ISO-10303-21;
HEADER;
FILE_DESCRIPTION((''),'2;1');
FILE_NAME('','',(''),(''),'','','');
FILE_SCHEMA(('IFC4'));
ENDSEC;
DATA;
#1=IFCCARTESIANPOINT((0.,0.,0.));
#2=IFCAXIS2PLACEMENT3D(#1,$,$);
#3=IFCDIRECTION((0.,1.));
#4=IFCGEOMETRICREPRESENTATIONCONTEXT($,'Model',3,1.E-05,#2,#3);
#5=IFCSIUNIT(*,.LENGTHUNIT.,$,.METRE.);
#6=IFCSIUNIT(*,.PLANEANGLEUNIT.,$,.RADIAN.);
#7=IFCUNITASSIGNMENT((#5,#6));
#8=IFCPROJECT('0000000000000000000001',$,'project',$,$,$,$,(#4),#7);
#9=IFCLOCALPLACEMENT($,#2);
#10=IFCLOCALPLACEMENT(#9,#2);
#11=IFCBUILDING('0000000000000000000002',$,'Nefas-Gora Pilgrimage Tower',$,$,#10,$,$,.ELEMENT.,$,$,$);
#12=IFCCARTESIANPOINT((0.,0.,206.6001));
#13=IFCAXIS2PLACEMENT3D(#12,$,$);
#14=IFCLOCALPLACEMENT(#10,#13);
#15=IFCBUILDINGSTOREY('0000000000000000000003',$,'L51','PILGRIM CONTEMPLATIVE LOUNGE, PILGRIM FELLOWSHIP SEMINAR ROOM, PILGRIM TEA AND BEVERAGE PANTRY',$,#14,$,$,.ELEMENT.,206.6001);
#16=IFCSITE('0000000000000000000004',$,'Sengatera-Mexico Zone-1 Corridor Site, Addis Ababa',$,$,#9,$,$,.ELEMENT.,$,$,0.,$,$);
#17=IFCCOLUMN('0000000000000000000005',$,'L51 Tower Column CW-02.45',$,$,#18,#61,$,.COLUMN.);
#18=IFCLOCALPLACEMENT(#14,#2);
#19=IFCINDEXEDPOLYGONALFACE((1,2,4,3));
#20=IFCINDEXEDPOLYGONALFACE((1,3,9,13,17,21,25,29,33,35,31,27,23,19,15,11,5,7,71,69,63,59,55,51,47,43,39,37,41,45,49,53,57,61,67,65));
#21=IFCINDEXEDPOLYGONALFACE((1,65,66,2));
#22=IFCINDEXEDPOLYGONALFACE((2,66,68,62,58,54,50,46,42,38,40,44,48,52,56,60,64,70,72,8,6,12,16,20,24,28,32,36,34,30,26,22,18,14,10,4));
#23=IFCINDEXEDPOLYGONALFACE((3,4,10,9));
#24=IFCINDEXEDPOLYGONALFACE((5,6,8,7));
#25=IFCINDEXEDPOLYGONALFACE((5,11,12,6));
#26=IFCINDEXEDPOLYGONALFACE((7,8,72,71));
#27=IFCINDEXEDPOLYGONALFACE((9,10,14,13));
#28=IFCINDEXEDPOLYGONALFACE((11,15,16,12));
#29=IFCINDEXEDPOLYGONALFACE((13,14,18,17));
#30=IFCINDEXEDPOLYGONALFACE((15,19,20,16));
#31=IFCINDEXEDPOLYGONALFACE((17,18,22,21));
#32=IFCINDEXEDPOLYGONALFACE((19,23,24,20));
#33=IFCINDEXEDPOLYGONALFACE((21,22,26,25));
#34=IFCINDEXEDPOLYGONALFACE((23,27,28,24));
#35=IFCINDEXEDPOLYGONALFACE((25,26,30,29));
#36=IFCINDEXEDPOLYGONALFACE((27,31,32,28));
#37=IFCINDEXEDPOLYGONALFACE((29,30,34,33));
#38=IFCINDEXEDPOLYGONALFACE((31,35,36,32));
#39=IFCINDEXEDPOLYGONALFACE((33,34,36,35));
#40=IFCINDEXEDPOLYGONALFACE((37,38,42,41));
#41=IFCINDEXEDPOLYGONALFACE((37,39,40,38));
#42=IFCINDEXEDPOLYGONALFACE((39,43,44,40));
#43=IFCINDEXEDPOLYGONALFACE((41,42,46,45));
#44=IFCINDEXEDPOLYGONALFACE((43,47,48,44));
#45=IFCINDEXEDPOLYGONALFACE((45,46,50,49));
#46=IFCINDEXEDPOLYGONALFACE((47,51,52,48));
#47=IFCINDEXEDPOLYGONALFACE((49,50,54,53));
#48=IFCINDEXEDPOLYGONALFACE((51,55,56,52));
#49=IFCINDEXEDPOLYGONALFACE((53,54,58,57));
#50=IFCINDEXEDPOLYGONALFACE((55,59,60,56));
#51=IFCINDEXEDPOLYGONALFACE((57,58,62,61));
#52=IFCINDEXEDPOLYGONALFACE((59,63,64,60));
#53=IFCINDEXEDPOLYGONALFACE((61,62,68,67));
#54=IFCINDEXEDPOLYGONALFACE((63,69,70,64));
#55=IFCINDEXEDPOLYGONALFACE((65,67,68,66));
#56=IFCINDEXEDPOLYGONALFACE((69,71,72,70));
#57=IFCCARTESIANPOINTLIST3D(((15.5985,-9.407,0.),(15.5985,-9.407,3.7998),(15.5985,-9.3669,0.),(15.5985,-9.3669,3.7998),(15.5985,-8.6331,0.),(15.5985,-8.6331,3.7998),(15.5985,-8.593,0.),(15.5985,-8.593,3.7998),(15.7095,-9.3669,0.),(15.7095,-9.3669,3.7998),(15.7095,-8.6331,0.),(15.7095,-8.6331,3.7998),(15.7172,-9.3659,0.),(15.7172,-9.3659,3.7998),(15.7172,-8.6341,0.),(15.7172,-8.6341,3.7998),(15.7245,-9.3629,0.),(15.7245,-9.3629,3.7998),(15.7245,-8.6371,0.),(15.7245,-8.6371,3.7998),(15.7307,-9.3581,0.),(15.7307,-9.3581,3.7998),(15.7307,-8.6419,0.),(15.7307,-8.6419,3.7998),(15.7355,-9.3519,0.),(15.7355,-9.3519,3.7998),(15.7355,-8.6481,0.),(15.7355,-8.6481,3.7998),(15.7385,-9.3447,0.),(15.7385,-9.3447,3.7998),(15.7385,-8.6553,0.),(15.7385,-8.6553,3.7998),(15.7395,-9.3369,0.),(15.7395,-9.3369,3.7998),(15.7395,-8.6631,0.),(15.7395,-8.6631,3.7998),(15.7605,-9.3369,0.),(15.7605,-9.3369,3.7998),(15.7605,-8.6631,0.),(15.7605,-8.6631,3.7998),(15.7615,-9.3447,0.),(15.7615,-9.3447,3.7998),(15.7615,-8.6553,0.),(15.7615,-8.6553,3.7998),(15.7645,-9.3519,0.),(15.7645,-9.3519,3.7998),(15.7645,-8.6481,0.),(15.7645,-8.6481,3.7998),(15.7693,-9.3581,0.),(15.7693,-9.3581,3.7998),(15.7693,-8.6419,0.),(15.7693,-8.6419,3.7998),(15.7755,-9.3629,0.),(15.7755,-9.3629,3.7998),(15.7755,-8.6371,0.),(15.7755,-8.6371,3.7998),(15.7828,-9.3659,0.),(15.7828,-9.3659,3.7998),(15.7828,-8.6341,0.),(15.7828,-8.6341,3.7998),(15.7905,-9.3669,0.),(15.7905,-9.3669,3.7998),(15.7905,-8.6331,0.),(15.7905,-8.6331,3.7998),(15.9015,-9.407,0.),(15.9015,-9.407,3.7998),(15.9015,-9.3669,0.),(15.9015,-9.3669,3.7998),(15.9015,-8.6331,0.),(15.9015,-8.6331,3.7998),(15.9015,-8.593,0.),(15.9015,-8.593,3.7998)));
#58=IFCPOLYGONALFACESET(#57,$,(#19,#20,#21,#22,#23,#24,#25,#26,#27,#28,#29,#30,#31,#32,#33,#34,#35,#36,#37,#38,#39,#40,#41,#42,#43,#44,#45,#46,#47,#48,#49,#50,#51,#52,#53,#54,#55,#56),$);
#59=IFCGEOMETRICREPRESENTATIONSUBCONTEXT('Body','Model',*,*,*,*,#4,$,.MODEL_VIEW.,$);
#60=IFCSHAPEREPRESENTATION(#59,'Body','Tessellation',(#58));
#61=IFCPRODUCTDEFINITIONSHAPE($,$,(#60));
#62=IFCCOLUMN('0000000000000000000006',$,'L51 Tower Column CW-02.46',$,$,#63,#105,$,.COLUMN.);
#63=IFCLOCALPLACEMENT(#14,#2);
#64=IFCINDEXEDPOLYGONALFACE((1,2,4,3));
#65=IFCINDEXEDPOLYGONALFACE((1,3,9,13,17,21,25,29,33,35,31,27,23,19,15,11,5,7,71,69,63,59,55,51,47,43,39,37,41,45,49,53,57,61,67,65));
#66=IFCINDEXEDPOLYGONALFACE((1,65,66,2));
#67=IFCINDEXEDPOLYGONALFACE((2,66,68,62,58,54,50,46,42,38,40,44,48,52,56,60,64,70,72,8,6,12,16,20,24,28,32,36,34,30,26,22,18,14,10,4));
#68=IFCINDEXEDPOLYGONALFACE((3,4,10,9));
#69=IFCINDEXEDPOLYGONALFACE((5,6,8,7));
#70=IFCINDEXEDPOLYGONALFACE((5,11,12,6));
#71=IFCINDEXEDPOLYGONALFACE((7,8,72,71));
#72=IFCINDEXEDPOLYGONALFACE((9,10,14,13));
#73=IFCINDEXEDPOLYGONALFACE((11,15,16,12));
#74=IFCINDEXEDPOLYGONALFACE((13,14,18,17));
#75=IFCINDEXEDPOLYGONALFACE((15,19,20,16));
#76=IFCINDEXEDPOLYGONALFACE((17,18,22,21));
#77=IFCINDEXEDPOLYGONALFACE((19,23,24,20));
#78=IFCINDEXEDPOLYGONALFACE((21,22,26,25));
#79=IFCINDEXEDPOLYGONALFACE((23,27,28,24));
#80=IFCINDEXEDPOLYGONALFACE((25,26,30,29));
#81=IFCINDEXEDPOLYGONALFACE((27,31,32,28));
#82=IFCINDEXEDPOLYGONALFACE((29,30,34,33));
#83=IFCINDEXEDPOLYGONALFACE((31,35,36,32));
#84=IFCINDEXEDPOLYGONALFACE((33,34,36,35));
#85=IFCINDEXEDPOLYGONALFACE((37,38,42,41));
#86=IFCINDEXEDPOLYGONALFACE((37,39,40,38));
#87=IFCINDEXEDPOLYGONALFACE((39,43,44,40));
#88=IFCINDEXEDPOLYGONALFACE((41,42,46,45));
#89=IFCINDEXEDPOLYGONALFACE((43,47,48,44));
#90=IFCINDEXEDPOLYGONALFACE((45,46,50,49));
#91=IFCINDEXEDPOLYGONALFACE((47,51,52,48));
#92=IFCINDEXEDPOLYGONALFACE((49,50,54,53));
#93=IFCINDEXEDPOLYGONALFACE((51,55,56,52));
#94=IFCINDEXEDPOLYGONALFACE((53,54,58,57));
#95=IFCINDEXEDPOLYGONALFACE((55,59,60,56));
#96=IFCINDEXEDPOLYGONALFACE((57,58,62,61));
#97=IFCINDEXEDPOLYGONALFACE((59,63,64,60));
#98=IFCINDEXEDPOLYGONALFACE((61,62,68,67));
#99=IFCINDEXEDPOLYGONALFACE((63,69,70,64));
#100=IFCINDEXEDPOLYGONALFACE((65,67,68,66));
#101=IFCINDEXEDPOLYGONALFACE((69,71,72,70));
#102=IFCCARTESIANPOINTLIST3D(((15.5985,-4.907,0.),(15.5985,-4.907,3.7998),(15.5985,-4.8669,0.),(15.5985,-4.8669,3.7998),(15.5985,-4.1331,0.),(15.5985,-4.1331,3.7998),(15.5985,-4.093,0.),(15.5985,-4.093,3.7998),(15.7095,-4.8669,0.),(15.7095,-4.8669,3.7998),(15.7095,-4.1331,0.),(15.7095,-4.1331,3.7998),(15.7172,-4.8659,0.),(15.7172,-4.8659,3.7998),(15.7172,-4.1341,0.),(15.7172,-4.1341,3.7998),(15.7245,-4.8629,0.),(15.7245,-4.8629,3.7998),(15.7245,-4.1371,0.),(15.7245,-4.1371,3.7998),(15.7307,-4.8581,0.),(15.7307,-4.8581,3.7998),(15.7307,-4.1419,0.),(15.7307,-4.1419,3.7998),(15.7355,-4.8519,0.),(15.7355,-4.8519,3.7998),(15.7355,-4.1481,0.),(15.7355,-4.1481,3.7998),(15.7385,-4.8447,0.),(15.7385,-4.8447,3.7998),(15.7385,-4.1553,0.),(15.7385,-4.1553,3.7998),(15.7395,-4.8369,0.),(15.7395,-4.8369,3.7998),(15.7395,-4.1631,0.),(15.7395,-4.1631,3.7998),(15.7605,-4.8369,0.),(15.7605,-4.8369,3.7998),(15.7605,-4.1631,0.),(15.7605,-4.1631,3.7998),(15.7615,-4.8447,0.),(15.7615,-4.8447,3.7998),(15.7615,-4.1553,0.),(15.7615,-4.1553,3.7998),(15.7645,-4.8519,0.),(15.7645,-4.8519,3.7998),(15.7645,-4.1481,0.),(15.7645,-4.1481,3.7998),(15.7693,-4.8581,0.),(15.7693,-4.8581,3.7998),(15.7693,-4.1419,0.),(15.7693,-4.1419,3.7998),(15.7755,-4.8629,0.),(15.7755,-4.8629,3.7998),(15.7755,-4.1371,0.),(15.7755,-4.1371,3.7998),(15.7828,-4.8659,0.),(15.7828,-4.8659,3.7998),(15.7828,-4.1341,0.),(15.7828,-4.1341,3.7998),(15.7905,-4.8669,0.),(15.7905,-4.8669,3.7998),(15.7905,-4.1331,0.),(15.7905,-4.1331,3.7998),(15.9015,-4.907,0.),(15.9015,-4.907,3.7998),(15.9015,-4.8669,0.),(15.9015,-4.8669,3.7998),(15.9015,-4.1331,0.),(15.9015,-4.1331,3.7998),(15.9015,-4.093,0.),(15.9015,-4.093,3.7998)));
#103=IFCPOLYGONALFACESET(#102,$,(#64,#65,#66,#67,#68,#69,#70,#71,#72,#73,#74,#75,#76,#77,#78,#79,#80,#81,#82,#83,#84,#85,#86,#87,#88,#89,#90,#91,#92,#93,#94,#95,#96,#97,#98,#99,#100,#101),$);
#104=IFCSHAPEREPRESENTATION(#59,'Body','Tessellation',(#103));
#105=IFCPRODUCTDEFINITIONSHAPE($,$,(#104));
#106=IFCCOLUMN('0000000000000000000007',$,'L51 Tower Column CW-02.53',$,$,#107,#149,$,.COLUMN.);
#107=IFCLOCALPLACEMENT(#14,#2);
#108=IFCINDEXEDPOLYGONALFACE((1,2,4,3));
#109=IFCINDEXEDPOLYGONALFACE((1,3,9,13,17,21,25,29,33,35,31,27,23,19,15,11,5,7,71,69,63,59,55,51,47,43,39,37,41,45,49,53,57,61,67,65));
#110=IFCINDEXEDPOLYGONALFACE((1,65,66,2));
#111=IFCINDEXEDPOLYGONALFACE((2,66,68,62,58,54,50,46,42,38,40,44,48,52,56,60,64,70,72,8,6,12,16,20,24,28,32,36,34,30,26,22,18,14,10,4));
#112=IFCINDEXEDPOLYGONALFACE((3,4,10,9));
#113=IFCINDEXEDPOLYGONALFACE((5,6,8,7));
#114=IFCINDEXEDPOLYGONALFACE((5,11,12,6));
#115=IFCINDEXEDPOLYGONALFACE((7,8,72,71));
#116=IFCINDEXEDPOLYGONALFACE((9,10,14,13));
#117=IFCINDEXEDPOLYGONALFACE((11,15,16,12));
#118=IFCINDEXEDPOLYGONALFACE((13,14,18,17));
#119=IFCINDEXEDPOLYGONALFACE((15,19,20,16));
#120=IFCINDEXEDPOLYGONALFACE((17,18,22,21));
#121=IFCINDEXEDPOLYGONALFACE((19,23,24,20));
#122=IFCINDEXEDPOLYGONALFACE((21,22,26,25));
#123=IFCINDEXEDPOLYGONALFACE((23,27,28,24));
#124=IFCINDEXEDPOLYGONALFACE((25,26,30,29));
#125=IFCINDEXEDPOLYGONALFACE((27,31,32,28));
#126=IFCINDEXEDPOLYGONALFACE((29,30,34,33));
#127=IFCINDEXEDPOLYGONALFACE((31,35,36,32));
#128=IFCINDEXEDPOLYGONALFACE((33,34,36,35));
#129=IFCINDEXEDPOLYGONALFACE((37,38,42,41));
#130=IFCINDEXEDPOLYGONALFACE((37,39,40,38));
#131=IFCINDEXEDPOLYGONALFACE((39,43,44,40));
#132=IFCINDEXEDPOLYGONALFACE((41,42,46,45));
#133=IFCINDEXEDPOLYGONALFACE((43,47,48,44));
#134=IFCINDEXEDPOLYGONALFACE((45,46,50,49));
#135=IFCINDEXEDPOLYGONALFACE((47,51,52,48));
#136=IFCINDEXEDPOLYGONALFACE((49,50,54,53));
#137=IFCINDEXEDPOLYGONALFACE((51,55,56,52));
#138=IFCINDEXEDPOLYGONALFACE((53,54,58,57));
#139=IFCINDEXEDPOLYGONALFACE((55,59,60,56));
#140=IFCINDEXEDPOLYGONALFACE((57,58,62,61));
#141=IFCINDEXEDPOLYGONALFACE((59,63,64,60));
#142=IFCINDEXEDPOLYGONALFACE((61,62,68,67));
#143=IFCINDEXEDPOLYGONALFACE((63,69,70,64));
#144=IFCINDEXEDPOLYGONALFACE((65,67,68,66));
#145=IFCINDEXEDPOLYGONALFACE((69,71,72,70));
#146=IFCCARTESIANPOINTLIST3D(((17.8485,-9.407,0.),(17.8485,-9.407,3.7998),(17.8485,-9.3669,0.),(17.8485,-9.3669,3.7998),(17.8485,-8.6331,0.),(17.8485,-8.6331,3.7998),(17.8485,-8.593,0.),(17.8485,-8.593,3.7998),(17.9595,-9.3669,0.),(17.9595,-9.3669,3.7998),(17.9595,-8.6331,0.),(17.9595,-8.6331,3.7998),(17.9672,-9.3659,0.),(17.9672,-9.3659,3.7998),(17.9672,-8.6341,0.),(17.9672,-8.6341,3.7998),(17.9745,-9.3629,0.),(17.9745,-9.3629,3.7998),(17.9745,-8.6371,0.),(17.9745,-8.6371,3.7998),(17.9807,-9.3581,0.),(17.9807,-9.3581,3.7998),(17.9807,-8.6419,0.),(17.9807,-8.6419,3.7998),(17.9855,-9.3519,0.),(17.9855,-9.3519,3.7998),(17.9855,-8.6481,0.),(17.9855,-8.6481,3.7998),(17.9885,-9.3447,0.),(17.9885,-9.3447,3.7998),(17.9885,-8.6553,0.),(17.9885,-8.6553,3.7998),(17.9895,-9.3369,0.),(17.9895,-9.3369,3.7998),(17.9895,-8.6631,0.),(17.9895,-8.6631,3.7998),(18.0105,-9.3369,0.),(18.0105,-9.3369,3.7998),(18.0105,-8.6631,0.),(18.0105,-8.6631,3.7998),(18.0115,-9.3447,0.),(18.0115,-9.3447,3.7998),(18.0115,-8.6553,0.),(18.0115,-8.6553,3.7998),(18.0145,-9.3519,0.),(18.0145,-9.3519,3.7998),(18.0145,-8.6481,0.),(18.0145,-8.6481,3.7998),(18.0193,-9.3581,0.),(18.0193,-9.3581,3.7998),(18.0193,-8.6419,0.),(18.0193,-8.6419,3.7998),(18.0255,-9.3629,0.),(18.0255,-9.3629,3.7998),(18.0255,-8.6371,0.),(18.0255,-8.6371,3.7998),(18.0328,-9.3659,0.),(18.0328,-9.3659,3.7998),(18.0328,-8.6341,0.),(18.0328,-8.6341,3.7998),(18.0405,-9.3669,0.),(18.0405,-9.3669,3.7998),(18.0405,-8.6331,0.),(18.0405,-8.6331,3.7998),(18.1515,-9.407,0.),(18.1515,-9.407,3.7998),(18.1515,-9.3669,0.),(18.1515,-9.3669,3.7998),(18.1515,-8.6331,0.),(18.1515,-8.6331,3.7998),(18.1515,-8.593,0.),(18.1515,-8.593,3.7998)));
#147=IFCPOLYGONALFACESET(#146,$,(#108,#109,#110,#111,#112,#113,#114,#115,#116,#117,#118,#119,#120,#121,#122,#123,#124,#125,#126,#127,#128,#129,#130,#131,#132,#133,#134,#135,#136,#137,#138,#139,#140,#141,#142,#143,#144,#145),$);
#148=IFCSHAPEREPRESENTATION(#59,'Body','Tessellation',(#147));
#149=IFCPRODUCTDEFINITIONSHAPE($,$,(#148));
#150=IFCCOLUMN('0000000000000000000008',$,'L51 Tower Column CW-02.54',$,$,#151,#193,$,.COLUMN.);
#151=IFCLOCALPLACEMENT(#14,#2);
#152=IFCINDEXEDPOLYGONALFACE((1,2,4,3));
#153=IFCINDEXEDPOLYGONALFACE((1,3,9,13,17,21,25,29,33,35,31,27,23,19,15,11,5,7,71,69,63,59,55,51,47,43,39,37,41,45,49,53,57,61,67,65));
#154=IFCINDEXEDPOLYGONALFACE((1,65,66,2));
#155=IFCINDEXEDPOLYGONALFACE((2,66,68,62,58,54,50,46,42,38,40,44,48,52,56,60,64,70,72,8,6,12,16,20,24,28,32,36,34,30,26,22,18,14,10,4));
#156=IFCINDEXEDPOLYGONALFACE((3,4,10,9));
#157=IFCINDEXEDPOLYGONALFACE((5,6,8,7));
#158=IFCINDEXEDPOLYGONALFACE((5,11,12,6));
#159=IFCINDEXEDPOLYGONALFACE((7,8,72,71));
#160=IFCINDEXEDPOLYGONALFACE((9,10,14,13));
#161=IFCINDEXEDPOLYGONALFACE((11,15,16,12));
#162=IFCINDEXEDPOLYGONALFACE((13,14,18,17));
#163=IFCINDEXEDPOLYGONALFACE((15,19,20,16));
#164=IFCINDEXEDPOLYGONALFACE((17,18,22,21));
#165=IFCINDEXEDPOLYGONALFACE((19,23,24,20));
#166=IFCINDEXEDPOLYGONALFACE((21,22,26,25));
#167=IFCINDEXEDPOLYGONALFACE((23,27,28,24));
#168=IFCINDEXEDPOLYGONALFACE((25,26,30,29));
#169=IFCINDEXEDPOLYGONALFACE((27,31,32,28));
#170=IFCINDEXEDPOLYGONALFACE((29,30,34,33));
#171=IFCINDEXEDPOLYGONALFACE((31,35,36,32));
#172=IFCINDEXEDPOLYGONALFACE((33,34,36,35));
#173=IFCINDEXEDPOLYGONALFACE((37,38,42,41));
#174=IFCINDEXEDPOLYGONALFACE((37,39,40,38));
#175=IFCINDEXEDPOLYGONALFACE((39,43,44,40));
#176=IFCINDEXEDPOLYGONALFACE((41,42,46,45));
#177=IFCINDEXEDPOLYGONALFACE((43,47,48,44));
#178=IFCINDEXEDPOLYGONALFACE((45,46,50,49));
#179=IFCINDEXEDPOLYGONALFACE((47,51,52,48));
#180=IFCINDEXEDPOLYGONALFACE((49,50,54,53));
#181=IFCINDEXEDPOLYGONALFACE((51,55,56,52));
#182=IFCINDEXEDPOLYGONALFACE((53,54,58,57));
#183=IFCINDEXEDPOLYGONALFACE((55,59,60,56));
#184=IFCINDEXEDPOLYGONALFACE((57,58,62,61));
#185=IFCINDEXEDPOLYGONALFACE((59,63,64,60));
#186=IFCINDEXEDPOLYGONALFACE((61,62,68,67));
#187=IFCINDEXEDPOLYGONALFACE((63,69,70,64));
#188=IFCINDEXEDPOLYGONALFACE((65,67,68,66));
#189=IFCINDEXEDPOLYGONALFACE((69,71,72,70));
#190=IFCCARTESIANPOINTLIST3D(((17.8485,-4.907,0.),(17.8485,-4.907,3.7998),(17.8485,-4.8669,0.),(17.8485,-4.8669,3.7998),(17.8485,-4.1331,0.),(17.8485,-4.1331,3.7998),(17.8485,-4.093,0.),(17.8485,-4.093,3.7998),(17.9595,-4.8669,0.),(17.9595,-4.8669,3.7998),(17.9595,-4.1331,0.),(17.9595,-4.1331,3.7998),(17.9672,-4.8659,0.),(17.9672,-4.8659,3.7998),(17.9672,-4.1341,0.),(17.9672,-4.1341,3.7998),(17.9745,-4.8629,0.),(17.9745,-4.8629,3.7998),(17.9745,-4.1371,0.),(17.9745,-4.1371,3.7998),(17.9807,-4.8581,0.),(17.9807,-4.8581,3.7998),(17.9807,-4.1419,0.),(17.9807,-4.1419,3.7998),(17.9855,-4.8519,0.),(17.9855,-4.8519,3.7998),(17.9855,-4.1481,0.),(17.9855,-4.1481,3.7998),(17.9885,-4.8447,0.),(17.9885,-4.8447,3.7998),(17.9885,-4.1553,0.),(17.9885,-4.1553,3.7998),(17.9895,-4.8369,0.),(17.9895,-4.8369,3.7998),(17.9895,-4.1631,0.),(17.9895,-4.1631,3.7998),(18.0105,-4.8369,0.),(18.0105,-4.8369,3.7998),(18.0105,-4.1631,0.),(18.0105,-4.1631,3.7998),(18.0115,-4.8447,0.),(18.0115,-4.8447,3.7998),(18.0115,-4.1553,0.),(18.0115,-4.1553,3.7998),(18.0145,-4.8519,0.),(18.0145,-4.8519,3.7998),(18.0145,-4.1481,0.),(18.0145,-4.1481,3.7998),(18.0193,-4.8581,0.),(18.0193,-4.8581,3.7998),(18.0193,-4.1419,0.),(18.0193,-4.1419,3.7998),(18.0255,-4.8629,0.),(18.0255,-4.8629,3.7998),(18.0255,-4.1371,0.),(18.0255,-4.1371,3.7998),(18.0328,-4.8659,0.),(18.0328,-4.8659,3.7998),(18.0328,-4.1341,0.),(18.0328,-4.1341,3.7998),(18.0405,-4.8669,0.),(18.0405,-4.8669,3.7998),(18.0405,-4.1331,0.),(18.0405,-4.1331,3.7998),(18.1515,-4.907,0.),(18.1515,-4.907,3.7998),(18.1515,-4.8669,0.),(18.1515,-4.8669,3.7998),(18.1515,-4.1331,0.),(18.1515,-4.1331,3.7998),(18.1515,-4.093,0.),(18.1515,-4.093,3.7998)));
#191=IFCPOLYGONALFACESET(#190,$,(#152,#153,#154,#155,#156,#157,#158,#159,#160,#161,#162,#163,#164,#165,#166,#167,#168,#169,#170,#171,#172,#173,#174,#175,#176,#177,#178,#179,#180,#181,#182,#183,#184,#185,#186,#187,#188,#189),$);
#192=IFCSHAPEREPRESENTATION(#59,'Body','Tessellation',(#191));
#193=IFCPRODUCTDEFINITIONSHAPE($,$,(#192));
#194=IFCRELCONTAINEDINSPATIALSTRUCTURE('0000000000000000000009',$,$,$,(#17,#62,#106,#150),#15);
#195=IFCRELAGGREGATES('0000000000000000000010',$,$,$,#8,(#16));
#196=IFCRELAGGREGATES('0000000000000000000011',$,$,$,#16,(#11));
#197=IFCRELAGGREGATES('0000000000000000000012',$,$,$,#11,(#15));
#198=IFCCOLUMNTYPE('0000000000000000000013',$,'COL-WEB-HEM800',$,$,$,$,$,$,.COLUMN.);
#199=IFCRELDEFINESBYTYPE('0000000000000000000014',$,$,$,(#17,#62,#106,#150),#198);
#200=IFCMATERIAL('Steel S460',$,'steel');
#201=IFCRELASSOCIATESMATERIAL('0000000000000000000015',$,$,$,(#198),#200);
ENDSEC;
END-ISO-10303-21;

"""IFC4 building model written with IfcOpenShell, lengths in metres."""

from ifc_helpers import new_model, si_unit, direction, frame, origin, origin_2d, place, context, subcontext, project, spatial, i_section, extrude, source, transform, mapped, material, material_profile, profile_set, type_object, element, save


model = new_model("IFC4")

# Units and contexts
model_context = context("Model", 3, precision=1e-05, world=origin(), true_north=direction((0.0, 1.0)))
body_context = subcontext(model_context, "Body", "Model", "MODEL_VIEW")
ifc_project = project(units=[si_unit("LENGTHUNIT", "METRE"), si_unit("PLANEANGLEUNIT", "RADIAN")], contexts=[model_context])

# Site, building, storey
site_placement = place(None, origin())
site = spatial("IfcSite", under=ifc_project, at=site_placement, Name="Sengatera-Mexico Zone-1 Corridor Site, Addis Ababa", CompositionType="ELEMENT", RefElevation=0.0)
building_placement = place(site_placement, origin())
building = spatial("IfcBuilding", under=site, at=building_placement, Name="Nefas-Gora Pilgrimage Tower", CompositionType="ELEMENT")
storey_placement = place(building_placement, frame((0.0, 0.0, 206.6001)))
storey = spatial("IfcBuildingStorey", under=building, at=storey_placement, Name="L51", Description="PILGRIM CONTEMPLATIVE LOUNGE, PILGRIM FELLOWSHIP SEMINAR ROOM, PILGRIM TEA AND BEVERAGE PANTRY", CompositionType="ELEMENT", Elevation=206.6001)

# Columns
ifc_material_1 = material(Name="Steel S460", Category="steel")
ifc_material_profile_1 = material_profile(ifc_material_1, i_section(OverallWidth=0.303, OverallDepth=0.814, WebThickness=0.021, FlangeThickness=0.04, FilletRadius=0.03, at=origin_2d()), Name="HEM 800")
ifc_profile_set_1 = profile_set([ifc_material_profile_1], Name="Steel S460")
column_type_1 = type_object("IfcColumnType", Name="COL-WEB-HEM800", PredefinedType="COLUMN", material=ifc_profile_set_1)
shared_shape_1 = source(origin(), body_context, "Body", "SweptSolid", [
    extrude(i_section(OverallWidth=0.303, OverallDepth=0.814, WebThickness=0.021, FlangeThickness=0.04, FilletRadius=0.03, at=origin_2d()), origin(), (0.0, 0.0, 1.0), 3.7998),
])
for number, where, z_axis, x_axis, name in (
    (1, (15.75, -9.0, 0.0), (0.0, 0.0, 1.0), (1.0, 0.0, 0.0), "L51 Tower Column CW-02.45"),
    (2, (15.75, -4.5, 0.0), (0.0, 0.0, 1.0), (1.0, 0.0, 0.0), "L51 Tower Column CW-02.46"),
    (3, (18.0, -9.0, 0.0), (0.0, 0.0, 1.0), (1.0, 0.0, 0.0), "L51 Tower Column CW-02.53"),
    (4, (18.0, -4.5, 0.0), (0.0, 0.0, 1.0), (1.0, 0.0, 0.0), "L51 Tower Column CW-02.54"),
):
    element("IfcColumn", number, at=place(storey_placement, frame(where, z_axis=z_axis, x_axis=x_axis)), inside=storey, type_object=column_type_1, Name=name, PredefinedType="COLUMN", context=body_context, shape_type="MappedRepresentation", body=[
        mapped(shared_shape_1, transform((0.0, 0.0, 0.0), x_axis=(1.0, 0.0, 0.0), y_axis=(0.0, 1.0, 0.0), z_axis=(0.0, 0.0, 1.0), scale=1.0)),
    ])

save(model, "model.ifc")
